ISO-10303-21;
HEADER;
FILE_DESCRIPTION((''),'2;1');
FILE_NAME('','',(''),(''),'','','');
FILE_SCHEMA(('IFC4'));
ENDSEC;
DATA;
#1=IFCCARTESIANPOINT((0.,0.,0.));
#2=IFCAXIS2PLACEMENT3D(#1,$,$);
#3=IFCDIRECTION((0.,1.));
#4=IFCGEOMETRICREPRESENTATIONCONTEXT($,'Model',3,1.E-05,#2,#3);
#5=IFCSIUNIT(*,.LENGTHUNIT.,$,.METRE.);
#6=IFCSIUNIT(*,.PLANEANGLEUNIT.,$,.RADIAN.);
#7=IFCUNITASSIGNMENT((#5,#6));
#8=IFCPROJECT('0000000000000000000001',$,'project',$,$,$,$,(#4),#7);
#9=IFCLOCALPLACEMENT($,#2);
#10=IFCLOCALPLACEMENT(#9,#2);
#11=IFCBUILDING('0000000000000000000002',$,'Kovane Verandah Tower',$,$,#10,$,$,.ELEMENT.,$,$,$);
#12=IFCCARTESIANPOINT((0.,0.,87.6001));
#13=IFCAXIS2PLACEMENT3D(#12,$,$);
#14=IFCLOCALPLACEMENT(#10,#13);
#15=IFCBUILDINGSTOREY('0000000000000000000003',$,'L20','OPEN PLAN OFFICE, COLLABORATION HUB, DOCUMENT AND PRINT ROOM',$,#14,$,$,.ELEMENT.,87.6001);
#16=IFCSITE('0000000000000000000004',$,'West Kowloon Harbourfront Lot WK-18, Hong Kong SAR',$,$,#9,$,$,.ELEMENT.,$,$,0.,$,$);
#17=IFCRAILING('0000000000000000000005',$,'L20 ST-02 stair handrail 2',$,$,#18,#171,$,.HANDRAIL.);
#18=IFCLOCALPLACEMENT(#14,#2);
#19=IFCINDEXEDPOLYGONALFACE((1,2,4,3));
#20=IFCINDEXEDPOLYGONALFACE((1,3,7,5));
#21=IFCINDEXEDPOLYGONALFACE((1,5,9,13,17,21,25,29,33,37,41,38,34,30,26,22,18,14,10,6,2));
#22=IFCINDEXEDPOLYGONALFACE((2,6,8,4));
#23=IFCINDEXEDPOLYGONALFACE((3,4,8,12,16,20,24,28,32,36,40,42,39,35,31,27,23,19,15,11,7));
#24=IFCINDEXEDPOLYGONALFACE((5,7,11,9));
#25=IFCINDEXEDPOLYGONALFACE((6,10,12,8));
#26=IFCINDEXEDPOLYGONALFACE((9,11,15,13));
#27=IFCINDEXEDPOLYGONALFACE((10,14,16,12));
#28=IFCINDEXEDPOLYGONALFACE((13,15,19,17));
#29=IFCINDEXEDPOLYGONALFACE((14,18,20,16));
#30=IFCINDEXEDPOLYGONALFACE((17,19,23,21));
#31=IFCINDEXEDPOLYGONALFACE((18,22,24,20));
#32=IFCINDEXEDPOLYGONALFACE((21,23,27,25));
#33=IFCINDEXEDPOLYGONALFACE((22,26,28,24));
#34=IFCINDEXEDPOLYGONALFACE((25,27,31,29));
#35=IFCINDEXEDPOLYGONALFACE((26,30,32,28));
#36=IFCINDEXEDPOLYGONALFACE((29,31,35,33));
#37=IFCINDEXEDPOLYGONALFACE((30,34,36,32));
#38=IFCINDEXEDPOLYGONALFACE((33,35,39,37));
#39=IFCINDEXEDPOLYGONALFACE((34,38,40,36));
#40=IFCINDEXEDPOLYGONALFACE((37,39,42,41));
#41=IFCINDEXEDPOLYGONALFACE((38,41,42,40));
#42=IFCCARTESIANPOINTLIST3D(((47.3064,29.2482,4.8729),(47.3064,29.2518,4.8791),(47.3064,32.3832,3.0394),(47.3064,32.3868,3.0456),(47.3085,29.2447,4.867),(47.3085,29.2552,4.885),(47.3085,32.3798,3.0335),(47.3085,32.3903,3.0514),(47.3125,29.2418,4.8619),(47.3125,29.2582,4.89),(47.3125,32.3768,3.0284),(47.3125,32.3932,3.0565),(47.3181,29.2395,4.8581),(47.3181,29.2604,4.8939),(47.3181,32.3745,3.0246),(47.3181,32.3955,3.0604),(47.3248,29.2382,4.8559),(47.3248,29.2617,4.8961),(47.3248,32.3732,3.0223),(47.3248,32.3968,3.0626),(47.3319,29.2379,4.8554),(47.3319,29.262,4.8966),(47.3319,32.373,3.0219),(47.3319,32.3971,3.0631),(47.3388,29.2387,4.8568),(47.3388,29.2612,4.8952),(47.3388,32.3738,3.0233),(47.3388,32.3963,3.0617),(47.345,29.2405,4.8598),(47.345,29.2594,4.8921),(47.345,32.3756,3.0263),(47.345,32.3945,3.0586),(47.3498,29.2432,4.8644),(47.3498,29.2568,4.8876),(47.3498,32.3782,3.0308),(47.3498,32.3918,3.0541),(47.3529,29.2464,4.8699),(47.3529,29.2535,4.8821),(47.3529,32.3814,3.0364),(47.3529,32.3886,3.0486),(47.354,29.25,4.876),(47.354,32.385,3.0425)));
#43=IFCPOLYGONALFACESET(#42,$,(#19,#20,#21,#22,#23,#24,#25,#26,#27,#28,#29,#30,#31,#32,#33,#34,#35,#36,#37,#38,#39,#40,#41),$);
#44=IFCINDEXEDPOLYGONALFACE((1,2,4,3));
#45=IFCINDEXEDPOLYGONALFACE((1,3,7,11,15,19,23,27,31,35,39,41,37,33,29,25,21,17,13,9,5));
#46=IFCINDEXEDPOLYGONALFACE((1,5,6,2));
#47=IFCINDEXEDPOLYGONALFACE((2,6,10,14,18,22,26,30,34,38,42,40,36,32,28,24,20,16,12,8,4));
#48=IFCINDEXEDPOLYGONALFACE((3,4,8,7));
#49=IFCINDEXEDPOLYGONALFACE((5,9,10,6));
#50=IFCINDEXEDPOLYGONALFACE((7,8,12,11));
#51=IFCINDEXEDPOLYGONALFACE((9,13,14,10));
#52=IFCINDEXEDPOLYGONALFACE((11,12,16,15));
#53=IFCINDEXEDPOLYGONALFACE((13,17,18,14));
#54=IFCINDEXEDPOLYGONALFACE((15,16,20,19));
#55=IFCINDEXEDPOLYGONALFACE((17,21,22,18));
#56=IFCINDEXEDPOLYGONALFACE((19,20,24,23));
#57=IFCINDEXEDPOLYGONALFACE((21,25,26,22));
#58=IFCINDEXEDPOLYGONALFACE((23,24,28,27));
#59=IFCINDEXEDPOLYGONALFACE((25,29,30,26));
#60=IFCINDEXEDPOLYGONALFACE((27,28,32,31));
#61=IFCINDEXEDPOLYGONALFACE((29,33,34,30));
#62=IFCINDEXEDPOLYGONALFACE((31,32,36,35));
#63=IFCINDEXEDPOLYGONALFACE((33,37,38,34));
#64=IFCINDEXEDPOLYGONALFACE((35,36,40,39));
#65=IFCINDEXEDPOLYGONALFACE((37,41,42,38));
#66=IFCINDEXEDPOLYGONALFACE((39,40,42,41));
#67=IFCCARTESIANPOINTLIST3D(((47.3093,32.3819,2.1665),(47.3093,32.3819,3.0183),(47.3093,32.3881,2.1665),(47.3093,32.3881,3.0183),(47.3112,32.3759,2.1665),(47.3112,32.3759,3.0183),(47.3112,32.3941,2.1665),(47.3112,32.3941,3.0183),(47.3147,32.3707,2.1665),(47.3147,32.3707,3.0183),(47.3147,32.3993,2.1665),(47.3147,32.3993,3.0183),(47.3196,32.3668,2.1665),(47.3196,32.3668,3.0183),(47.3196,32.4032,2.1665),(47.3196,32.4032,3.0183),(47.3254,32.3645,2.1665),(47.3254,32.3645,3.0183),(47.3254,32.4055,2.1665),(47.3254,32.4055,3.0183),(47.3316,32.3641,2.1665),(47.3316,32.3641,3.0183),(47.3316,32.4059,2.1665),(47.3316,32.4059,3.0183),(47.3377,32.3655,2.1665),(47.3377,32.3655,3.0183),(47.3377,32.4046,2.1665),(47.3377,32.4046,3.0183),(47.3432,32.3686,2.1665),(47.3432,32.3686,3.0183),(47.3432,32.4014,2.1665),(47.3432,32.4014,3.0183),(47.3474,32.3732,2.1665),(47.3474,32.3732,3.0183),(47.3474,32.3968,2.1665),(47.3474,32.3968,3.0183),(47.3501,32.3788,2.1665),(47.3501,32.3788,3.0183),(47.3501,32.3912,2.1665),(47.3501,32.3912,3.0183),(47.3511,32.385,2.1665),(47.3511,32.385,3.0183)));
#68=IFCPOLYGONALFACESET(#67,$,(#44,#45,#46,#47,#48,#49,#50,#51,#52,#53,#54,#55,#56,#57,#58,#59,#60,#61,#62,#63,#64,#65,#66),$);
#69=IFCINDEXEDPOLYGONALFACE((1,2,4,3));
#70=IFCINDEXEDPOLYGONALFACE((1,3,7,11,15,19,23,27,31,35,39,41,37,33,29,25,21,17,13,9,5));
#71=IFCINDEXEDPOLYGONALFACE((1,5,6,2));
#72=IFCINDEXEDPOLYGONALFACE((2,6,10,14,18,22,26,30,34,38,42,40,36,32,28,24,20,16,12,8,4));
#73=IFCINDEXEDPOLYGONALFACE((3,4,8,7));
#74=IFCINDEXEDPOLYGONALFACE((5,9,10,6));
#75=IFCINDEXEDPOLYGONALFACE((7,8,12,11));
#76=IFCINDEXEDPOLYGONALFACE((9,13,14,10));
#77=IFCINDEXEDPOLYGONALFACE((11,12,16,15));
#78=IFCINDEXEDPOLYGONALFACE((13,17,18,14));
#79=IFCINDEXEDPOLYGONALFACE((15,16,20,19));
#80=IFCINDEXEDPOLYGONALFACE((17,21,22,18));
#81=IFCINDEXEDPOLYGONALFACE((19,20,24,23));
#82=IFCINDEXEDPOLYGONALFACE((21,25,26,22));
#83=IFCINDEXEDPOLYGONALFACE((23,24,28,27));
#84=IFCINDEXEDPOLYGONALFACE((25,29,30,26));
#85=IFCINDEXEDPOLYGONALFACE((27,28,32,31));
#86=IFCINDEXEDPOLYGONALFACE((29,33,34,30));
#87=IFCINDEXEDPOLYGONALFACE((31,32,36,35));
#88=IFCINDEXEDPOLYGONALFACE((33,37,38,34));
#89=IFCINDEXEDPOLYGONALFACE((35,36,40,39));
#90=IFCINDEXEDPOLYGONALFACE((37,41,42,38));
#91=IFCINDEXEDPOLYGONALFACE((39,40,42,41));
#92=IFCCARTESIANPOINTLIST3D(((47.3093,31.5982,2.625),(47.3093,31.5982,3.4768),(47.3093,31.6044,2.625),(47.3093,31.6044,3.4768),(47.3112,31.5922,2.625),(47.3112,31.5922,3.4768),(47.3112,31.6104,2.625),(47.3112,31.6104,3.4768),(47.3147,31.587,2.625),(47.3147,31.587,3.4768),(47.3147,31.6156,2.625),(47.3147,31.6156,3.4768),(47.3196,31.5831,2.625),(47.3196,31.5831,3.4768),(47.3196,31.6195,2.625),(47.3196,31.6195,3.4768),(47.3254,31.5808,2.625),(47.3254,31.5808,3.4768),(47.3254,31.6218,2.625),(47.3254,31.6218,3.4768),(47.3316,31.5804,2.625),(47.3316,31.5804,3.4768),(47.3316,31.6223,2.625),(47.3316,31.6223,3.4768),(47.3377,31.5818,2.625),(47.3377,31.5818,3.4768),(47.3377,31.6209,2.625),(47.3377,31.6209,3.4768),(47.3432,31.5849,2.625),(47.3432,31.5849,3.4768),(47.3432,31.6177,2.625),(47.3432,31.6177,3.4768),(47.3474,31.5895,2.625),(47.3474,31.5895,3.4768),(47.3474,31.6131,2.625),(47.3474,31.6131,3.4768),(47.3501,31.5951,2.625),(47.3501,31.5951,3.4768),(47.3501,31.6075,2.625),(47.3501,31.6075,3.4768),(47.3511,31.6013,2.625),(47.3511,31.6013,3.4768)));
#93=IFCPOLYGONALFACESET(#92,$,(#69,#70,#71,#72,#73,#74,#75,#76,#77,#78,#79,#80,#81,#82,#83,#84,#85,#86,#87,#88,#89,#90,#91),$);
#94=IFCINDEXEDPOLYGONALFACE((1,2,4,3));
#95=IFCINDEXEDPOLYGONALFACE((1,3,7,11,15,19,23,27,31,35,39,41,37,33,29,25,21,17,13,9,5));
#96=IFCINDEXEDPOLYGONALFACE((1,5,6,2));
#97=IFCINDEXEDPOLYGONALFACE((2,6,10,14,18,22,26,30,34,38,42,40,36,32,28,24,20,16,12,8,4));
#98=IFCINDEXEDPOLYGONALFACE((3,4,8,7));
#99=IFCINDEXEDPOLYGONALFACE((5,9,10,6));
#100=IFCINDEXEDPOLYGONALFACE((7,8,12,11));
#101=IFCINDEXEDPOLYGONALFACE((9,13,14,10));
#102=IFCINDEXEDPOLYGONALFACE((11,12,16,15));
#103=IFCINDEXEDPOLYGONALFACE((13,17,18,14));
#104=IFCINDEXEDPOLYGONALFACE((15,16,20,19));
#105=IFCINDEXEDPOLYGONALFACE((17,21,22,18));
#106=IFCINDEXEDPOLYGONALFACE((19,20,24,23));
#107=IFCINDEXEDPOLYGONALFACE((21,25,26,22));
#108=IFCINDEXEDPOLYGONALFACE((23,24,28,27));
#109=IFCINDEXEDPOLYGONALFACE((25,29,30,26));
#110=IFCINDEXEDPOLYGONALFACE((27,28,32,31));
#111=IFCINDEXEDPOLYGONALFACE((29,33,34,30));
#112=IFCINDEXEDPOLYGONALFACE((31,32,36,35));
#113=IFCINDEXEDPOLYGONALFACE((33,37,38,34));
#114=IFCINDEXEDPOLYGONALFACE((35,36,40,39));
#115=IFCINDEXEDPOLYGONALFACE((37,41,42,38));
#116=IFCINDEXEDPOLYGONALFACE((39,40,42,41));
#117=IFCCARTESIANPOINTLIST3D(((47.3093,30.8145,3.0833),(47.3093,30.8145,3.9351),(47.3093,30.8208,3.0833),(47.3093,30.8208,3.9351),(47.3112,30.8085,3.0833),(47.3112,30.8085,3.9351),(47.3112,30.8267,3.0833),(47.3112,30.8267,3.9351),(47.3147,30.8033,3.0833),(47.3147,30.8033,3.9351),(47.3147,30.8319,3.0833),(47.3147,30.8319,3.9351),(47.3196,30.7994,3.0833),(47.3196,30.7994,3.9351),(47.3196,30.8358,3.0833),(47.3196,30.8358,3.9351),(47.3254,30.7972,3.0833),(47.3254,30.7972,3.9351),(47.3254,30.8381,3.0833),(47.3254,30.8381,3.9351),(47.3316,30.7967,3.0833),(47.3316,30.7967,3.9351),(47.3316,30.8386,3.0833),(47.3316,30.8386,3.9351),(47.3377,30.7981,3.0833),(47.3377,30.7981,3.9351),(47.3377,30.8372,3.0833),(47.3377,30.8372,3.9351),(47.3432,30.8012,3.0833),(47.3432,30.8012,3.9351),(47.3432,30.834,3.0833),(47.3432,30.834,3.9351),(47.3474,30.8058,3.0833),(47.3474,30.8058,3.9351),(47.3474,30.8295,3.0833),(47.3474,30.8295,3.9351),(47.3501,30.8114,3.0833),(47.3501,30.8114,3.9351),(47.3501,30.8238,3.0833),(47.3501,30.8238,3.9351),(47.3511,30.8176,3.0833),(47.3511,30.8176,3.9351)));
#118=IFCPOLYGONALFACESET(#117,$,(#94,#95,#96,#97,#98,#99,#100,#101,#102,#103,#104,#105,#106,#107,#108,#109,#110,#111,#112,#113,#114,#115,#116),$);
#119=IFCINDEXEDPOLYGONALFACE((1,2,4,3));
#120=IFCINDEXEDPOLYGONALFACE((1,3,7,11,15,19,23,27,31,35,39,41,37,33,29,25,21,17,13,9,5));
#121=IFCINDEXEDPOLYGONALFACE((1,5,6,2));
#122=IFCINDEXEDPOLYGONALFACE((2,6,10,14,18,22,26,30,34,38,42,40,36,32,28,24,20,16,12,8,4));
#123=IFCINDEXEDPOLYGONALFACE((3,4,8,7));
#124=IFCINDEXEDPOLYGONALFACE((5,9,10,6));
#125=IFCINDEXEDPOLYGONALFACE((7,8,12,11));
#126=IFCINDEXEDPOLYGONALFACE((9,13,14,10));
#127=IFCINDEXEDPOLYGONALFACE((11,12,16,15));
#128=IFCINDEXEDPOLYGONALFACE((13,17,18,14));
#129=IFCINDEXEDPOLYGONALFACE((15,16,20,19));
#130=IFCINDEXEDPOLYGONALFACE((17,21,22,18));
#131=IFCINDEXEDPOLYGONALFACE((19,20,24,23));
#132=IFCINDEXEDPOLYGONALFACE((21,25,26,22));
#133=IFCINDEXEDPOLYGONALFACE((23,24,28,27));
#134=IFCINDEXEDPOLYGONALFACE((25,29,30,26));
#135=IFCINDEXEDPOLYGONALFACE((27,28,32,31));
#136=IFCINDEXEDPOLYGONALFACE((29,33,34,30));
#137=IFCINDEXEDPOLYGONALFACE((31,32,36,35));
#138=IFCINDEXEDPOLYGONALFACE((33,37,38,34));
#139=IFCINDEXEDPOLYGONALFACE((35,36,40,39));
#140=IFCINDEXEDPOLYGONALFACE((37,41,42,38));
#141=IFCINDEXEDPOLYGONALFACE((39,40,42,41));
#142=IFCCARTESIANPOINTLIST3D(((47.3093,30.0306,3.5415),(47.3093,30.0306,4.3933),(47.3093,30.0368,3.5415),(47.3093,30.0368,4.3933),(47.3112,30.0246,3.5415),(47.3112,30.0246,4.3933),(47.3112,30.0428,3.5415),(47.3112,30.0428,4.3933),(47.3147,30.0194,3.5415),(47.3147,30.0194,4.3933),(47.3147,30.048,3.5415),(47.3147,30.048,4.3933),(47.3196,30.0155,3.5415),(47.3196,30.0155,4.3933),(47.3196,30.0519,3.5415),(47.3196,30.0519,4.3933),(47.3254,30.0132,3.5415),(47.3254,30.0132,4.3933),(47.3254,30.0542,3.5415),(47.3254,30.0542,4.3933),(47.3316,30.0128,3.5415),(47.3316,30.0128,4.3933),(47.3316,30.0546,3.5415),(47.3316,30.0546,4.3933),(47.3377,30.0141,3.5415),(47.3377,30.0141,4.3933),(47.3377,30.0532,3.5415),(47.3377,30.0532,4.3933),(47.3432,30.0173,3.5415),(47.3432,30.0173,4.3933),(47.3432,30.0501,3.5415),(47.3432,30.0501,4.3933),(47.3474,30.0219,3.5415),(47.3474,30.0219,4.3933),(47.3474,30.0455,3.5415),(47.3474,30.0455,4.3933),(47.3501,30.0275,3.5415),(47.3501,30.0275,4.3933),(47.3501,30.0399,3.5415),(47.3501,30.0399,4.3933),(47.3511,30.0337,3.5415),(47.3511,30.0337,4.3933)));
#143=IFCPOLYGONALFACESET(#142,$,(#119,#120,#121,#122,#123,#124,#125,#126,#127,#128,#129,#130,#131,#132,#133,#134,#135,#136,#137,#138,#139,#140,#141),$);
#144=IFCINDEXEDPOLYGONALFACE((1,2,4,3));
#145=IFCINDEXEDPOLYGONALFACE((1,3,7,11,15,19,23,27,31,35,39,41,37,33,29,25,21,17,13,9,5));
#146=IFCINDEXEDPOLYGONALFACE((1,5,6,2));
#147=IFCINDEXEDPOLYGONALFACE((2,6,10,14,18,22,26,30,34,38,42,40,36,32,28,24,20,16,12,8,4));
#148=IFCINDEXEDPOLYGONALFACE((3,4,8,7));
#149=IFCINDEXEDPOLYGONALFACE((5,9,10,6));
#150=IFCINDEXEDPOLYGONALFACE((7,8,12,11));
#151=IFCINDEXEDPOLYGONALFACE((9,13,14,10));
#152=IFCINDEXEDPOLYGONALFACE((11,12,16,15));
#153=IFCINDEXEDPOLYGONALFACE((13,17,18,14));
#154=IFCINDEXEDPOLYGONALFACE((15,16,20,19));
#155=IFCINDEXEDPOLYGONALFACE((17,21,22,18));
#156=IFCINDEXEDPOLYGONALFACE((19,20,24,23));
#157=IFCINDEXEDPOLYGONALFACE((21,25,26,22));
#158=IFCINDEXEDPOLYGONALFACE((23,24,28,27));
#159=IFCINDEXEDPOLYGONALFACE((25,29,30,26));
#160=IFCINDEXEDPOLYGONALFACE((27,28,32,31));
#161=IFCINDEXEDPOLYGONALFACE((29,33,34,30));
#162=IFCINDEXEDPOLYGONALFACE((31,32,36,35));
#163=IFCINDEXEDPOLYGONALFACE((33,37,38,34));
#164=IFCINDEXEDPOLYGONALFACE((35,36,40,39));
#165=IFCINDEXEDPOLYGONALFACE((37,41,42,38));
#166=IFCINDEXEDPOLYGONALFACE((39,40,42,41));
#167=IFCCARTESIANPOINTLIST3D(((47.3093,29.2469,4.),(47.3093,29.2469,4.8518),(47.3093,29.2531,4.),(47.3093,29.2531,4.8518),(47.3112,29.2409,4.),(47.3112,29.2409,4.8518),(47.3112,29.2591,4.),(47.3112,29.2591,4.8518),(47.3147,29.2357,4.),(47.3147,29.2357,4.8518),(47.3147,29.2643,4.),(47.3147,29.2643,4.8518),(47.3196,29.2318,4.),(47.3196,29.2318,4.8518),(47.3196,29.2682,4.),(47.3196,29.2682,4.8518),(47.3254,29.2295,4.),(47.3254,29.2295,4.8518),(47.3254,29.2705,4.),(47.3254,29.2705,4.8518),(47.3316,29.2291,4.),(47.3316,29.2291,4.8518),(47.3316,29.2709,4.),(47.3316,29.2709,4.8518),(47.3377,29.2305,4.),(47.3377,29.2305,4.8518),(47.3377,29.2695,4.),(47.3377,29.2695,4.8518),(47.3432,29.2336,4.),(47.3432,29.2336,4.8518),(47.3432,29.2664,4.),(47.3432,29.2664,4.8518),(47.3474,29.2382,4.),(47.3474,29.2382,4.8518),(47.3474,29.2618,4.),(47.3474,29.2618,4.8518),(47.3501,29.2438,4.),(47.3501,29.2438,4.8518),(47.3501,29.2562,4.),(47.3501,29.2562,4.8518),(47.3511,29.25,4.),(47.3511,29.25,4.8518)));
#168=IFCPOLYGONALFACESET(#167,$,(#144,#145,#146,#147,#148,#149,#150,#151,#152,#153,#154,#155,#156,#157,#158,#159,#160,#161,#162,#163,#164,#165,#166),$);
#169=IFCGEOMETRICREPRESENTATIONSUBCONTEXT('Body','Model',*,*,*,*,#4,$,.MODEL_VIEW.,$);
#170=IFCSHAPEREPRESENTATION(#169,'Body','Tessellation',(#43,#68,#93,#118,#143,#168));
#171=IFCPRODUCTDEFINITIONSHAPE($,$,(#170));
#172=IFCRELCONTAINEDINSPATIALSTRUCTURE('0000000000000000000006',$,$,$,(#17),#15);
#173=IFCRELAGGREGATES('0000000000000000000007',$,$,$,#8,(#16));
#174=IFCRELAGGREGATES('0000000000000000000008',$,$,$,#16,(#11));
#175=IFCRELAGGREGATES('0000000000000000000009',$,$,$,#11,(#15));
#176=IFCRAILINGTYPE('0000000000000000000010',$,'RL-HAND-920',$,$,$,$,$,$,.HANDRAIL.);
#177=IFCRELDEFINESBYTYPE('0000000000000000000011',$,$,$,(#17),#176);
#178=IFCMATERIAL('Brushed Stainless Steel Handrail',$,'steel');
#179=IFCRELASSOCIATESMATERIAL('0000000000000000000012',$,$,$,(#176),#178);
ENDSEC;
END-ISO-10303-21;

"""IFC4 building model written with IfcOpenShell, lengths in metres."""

from ifc_helpers import new_model, si_unit, direction, frame, origin, origin_2d, place, context, subcontext, project, spatial, circle, extrude, material, type_object, element, save


model = new_model("IFC4")

# Units and contexts
model_context = context("Model", 3, precision=1e-05, world=origin(), true_north=direction((0.0, 1.0)))
body_context = subcontext(model_context, "Body", "Model", "MODEL_VIEW")
ifc_project = project(units=[si_unit("LENGTHUNIT", "METRE"), si_unit("PLANEANGLEUNIT", "RADIAN")], contexts=[model_context])

# Site, building, storey
site_placement = place(None, origin())
site = spatial("IfcSite", under=ifc_project, at=site_placement, Name="West Kowloon Harbourfront Lot WK-18, Hong Kong SAR", CompositionType="ELEMENT", RefElevation=0.0)
building_placement = place(site_placement, origin())
building = spatial("IfcBuilding", under=site, at=building_placement, Name="Kovane Verandah Tower", CompositionType="ELEMENT")
storey_placement = place(building_placement, frame((0.0, 0.0, 87.6001)))
storey = spatial("IfcBuildingStorey", under=building, at=storey_placement, Name="L20", Description="OPEN PLAN OFFICE, COLLABORATION HUB, DOCUMENT AND PRINT ROOM", CompositionType="ELEMENT", Elevation=87.6001)

# Railing
ifc_material_1 = material(Name="Brushed Stainless Steel Handrail", Category="steel")
railing_type_1 = type_object("IfcRailingType", Name="RL-HAND-920", PredefinedType="HANDRAIL", material=ifc_material_1)
railing_1_placement = place(storey_placement, frame((47.3301, 32.385, 2.1665)))
element("IfcRailing", 1, at=railing_1_placement, inside=storey, type_object=railing_type_1, Name="L20 ST-02 stair handrail 2", PredefinedType="HANDRAIL", context=body_context, shape_type="SweptSolid", body=[
    extrude(circle(Radius=0.0239, at=origin_2d()), frame((0.0, 0.0, 0.876), z_axis=(0.0, -0.86321, 0.504845), x_axis=(1.0, 0.0, 0.0)), (0.0, 0.0, 1.0), 3.6318),
    extrude(circle(Radius=0.021, at=origin_2d()), origin(), (0.0, 0.0, 1.0), 0.8518),
    extrude(circle(Radius=0.021, at=origin_2d()), frame((0.0, -0.7837, 0.4585)), (0.0, 0.0, 1.0), 0.8518),
    extrude(circle(Radius=0.021, at=origin_2d()), frame((0.0, -1.5674, 0.9167)), (0.0, 0.0, 1.0), 0.8518),
    extrude(circle(Radius=0.021, at=origin_2d()), frame((0.0, -2.3513, 1.375)), (0.0, 0.0, 1.0), 0.8518),
    extrude(circle(Radius=0.021, at=origin_2d()), frame((0.0, -3.135, 1.8335)), (0.0, 0.0, 1.0), 0.8518),
])

save(model, "model.ifc")
